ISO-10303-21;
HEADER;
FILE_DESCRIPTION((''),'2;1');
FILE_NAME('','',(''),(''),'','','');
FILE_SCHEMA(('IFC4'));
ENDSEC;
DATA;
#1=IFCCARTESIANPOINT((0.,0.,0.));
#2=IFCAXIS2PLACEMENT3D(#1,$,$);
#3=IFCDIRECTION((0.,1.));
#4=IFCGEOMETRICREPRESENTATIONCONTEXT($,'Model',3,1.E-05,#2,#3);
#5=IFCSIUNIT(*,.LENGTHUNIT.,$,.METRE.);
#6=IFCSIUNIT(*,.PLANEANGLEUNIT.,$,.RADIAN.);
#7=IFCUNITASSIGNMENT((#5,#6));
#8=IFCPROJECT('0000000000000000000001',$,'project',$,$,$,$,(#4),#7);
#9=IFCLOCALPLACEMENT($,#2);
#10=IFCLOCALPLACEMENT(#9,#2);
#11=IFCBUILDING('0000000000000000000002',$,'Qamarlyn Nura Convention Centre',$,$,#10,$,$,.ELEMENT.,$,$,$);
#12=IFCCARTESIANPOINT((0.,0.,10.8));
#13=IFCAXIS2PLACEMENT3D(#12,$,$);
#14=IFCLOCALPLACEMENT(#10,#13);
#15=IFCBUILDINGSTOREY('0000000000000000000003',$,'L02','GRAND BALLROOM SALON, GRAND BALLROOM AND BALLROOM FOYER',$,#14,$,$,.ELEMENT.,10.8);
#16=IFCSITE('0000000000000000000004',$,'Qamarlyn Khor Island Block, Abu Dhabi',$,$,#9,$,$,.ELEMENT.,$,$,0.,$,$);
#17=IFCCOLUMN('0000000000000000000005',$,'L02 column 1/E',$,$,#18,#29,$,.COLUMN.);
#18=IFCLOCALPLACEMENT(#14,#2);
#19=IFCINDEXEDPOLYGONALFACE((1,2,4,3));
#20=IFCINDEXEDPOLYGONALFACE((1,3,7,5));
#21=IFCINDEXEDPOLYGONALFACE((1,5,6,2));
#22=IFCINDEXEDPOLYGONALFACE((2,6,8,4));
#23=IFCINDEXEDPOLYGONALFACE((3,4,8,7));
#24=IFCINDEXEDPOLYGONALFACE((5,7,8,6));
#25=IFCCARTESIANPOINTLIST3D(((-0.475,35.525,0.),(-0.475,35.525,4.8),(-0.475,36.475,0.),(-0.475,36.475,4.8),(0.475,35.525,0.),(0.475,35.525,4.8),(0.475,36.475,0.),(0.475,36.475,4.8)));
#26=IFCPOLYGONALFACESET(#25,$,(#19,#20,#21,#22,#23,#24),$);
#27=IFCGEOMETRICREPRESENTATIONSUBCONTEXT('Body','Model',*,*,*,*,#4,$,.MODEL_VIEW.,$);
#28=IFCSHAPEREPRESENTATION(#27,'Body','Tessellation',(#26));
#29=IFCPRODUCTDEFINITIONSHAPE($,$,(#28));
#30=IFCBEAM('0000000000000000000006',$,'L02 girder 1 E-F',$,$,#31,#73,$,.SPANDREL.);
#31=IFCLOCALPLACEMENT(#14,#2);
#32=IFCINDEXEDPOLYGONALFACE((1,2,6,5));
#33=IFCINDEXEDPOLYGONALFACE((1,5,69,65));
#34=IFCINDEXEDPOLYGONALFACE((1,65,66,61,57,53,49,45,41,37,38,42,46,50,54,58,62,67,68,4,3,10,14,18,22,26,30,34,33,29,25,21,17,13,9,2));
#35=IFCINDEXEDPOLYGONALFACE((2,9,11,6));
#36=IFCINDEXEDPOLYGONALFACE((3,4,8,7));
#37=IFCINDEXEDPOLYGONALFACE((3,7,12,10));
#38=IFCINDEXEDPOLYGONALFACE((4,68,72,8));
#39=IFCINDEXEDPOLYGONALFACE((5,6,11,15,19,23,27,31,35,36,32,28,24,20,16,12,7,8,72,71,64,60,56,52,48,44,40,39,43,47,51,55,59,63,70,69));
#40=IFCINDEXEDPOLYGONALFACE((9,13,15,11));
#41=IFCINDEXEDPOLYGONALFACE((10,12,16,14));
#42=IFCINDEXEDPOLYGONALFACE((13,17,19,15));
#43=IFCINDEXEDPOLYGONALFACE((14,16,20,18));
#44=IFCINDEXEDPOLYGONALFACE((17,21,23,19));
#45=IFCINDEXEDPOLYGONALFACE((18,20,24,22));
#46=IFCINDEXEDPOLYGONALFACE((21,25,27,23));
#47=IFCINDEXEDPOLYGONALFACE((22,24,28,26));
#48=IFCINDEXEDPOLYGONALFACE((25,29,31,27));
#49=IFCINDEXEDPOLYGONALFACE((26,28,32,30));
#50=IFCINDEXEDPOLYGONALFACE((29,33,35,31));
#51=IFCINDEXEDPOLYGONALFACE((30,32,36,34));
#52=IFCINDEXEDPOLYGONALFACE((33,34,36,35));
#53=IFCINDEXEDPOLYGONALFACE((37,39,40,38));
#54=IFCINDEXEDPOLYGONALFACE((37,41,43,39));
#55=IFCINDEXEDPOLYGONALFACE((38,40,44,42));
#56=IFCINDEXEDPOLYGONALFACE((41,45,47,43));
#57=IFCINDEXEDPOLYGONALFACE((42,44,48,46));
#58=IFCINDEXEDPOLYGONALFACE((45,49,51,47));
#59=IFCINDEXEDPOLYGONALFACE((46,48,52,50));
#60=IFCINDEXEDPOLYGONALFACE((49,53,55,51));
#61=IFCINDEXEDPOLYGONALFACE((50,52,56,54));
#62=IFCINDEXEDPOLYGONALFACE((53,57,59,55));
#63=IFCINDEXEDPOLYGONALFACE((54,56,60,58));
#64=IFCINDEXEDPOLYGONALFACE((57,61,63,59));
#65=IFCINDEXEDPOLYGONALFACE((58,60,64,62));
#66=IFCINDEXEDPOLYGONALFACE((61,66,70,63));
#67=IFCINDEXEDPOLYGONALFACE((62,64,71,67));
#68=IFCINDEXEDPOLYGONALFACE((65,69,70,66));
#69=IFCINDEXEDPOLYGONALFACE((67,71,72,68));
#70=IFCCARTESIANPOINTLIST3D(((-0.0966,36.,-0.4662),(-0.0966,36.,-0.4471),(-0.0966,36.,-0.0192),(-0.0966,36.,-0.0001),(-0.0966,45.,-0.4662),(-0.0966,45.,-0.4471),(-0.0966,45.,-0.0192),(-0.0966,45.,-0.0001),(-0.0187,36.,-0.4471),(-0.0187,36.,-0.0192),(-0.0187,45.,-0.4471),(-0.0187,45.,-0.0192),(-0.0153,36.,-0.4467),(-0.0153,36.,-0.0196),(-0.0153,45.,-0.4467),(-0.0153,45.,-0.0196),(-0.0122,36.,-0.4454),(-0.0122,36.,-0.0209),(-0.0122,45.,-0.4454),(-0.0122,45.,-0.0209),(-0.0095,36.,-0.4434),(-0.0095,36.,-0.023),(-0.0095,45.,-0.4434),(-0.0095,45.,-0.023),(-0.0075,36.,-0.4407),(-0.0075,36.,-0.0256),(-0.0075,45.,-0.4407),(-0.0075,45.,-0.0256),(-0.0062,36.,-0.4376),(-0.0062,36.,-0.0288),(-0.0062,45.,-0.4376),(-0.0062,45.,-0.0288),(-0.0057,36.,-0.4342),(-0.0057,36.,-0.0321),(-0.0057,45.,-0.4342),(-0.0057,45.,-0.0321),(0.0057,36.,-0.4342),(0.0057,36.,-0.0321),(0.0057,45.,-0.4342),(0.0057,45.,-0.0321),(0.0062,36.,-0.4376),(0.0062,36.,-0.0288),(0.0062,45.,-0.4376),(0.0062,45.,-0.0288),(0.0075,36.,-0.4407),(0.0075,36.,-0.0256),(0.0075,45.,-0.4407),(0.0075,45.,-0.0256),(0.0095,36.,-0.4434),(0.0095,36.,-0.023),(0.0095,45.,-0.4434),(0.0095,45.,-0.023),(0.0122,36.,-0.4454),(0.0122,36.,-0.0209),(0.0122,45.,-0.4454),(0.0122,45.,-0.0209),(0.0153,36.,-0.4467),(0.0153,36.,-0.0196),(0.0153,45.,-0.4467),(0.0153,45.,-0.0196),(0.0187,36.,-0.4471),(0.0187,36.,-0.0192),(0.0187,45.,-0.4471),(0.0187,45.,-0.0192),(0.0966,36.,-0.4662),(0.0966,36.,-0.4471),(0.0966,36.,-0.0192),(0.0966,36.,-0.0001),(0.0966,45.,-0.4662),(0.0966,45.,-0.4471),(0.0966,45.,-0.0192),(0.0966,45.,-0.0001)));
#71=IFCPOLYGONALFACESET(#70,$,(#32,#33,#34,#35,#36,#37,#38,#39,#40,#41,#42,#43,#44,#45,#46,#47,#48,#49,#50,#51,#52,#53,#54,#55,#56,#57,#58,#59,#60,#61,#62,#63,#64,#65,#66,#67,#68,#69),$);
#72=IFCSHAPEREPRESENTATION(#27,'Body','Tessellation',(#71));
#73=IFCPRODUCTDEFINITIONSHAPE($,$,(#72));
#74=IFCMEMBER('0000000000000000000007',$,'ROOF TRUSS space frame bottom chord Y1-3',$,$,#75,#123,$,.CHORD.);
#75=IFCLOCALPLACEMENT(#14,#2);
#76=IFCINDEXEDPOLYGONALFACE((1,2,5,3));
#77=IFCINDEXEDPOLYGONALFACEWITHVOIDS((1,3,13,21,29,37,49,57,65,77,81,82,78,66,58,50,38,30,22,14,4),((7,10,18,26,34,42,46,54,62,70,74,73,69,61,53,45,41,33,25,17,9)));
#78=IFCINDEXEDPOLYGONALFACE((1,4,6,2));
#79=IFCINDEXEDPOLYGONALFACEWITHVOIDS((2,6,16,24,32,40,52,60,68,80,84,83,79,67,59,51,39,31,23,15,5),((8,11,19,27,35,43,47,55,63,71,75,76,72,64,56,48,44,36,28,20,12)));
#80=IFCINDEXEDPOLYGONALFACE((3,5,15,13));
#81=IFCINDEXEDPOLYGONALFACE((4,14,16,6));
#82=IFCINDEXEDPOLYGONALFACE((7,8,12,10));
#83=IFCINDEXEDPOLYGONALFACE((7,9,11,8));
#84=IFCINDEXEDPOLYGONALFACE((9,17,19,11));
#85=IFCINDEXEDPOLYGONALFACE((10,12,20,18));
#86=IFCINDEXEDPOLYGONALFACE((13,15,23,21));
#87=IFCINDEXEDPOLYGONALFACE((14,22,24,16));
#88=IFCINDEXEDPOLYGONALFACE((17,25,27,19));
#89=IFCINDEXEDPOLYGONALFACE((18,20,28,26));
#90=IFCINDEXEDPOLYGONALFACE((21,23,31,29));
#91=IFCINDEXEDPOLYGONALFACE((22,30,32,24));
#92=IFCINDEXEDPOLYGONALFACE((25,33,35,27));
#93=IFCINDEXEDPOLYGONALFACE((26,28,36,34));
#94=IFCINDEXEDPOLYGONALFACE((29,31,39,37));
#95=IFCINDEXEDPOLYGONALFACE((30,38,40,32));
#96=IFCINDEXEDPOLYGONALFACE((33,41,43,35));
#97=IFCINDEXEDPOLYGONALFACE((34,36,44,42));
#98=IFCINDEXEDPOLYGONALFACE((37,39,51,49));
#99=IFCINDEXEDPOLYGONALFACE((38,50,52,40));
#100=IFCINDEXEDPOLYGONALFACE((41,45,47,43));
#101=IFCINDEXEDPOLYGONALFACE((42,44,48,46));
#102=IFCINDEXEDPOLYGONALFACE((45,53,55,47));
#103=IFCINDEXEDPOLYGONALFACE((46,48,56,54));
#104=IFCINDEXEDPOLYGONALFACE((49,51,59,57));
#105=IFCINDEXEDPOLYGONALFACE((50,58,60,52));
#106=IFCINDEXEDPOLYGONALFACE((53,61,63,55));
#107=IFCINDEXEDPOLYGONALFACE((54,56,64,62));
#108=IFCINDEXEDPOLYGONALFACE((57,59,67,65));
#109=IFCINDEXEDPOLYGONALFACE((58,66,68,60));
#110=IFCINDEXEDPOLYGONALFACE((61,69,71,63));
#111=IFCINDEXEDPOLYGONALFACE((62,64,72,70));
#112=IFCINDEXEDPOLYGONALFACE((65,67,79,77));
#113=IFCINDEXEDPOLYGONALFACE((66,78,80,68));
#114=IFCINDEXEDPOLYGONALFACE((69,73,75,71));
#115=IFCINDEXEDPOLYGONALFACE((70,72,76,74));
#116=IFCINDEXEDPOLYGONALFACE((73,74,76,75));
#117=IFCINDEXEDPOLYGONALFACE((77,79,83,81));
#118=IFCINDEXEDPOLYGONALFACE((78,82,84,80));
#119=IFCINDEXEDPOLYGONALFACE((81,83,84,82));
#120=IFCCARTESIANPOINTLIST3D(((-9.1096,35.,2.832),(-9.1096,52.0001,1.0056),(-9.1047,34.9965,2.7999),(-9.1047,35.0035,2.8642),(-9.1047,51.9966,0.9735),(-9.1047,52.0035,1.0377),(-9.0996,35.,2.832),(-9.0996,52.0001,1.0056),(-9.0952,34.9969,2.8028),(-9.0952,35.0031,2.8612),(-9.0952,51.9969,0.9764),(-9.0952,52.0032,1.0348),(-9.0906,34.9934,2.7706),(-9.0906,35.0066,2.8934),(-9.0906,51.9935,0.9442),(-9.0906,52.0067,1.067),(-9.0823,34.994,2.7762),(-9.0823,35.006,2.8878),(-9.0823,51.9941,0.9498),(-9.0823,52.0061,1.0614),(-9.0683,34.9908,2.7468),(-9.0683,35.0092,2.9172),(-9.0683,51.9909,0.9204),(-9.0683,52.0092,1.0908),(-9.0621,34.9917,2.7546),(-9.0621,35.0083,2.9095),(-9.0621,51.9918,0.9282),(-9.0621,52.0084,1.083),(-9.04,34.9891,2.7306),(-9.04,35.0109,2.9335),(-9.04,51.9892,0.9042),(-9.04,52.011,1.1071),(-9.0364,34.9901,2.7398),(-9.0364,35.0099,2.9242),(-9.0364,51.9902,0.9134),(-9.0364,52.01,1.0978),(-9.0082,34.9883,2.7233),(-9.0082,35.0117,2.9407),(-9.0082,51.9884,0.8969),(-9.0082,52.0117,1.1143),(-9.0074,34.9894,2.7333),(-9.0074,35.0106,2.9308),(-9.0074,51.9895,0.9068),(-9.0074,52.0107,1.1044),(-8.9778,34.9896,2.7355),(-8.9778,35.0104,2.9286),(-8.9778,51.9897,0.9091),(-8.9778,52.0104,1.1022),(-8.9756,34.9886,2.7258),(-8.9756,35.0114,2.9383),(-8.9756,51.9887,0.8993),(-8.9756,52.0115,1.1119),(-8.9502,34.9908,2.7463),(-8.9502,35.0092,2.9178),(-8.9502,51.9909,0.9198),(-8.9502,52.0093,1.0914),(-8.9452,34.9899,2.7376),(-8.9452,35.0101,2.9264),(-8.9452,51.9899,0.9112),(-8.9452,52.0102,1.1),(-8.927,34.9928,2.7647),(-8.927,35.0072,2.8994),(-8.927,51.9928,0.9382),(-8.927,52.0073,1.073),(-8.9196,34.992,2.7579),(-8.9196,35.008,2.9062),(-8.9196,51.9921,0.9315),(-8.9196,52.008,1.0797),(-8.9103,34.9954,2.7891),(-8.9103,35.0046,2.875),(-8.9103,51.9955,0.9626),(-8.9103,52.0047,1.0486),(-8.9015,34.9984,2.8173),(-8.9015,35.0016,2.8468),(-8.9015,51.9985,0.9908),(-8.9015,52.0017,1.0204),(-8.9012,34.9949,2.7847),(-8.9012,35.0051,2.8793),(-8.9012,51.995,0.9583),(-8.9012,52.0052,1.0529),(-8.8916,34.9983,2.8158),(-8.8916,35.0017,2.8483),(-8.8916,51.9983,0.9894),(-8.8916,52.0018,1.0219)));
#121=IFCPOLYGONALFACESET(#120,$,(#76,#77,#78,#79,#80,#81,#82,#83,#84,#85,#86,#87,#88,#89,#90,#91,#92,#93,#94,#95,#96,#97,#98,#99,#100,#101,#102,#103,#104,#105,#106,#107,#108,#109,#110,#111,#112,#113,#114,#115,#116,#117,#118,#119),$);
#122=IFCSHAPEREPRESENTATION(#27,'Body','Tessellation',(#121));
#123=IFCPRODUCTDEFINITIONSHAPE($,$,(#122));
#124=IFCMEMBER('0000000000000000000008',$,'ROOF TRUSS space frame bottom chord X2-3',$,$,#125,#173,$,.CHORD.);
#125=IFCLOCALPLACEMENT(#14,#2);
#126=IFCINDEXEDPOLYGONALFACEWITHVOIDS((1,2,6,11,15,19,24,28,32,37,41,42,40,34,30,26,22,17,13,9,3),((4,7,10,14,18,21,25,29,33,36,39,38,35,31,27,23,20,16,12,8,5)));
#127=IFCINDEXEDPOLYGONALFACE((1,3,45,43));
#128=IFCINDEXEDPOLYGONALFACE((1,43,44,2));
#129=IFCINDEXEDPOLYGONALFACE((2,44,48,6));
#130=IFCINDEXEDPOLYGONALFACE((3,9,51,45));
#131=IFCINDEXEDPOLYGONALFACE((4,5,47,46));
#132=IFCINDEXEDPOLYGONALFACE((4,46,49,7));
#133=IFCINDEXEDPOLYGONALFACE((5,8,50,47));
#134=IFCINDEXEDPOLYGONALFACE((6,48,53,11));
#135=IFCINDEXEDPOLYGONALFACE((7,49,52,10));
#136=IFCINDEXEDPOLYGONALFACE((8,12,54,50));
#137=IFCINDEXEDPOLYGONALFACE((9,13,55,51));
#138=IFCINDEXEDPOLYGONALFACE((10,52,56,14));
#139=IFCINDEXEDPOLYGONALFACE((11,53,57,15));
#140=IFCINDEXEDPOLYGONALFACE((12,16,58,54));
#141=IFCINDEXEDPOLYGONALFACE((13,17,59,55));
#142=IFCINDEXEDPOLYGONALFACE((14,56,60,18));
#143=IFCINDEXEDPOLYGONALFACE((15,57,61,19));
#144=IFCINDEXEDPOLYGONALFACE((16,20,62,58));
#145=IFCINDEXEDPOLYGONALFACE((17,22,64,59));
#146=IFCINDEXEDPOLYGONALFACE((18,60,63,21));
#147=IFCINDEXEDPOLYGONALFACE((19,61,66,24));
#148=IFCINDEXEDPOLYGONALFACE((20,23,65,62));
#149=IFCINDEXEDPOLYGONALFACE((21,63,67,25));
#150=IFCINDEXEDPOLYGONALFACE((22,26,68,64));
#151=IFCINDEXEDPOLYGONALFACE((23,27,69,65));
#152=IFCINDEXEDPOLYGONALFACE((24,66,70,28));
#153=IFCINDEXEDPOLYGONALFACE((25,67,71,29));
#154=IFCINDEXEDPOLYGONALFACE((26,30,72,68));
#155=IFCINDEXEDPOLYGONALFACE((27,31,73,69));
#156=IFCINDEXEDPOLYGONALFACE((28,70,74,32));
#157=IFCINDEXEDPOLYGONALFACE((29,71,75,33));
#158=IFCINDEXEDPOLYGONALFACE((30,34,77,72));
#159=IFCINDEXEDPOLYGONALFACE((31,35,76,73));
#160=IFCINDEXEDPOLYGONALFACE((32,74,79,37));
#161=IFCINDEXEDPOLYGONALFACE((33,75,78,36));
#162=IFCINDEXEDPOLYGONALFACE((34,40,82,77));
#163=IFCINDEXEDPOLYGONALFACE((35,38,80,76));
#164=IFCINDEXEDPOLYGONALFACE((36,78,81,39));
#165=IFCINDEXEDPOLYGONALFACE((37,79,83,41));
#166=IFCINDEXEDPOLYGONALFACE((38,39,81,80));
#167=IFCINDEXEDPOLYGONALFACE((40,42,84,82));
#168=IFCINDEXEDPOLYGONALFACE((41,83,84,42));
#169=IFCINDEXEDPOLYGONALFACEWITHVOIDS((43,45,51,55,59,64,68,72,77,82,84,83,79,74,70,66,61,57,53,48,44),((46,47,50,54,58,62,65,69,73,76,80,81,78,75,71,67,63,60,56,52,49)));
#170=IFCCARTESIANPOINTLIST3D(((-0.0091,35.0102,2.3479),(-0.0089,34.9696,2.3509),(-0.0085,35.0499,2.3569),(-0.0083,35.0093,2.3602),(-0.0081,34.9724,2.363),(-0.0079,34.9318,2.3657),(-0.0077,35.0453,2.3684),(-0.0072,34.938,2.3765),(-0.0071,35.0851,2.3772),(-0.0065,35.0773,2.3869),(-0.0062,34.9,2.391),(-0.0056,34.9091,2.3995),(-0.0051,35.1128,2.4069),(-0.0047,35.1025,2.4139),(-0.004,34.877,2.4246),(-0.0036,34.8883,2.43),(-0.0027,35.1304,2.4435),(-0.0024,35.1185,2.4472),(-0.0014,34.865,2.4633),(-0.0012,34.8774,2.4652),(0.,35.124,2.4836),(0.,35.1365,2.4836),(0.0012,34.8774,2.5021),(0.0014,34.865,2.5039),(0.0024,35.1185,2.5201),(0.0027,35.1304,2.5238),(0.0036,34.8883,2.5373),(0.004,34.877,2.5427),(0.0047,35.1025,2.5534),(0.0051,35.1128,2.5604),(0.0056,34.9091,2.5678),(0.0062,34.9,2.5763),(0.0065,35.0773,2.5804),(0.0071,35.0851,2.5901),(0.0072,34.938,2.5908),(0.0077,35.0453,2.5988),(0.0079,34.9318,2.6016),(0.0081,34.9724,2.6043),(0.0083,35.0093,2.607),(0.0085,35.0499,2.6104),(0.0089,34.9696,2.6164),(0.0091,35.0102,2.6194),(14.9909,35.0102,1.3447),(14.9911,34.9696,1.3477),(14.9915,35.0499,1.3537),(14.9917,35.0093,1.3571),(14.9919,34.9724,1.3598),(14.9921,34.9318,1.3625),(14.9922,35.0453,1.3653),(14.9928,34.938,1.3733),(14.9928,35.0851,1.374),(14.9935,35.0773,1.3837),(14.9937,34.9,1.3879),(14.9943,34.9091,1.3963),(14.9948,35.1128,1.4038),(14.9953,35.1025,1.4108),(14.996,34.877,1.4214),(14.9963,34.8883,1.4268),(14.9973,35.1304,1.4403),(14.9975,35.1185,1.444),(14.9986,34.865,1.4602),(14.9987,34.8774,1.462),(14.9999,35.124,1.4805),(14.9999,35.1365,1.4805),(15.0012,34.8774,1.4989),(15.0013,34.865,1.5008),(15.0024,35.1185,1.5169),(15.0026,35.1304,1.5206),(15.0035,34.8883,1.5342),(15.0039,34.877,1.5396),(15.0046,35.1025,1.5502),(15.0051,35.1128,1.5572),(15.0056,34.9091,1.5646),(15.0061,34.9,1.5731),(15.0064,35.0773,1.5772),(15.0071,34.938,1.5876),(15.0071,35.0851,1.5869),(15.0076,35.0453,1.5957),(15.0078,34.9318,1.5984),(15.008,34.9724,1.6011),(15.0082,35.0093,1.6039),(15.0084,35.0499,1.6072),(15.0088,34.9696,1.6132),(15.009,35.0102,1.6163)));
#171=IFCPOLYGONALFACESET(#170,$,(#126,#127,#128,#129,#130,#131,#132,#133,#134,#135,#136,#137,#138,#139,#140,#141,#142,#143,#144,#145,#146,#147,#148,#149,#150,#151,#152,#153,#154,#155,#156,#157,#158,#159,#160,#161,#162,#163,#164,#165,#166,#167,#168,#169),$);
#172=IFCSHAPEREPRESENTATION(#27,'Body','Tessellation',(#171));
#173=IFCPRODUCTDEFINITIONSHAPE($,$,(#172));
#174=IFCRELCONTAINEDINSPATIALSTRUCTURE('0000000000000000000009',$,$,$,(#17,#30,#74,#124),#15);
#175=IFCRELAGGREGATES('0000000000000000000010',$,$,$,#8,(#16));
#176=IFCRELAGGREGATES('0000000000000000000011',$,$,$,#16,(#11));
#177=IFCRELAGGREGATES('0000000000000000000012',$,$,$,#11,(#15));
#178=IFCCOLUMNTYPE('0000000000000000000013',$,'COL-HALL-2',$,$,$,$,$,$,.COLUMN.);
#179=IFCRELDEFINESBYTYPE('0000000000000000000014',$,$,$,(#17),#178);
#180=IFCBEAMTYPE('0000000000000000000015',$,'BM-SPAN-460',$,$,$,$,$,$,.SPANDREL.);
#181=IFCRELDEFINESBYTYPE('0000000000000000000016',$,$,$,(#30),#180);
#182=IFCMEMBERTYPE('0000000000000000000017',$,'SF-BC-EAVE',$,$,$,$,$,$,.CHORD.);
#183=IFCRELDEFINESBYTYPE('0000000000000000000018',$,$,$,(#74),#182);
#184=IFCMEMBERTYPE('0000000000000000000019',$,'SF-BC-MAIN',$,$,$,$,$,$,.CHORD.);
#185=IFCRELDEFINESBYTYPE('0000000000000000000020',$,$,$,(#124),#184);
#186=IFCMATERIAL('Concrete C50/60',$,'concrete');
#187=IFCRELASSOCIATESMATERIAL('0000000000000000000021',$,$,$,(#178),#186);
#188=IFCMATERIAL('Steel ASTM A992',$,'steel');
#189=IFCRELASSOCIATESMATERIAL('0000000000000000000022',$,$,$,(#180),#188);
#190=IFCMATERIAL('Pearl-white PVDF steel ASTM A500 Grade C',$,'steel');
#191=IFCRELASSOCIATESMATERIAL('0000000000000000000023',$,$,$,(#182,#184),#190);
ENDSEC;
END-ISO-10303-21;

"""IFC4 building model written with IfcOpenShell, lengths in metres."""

from ifc_helpers import new_model, si_unit, direction, frame, origin, origin_2d, place, context, subcontext, project, spatial, rectangle, hollow_circle, i_section, extrude, material, material_profile, profile_set, type_object, element, save


model = new_model("IFC4")

# Units and contexts
model_context = context("Model", 3, precision=1e-05, world=origin(), true_north=direction((0.0, 1.0)))
body_context = subcontext(model_context, "Body", "Model", "MODEL_VIEW")
ifc_project = project(units=[si_unit("LENGTHUNIT", "METRE"), si_unit("PLANEANGLEUNIT", "RADIAN")], contexts=[model_context])

# Site, building, storey
site_placement = place(None, origin())
site = spatial("IfcSite", under=ifc_project, at=site_placement, Name="Qamarlyn Khor Island Block, Abu Dhabi", CompositionType="ELEMENT", RefElevation=0.0)
building_placement = place(site_placement, origin())
building = spatial("IfcBuilding", under=site, at=building_placement, Name="Qamarlyn Nura Convention Centre", CompositionType="ELEMENT")
storey_placement = place(building_placement, frame((0.0, 0.0, 10.8)))
storey = spatial("IfcBuildingStorey", under=building, at=storey_placement, Name="L02", Description="GRAND BALLROOM SALON, GRAND BALLROOM AND BALLROOM FOYER", CompositionType="ELEMENT", Elevation=10.8)

# Column
ifc_material_1 = material(Name="Concrete C50/60", Category="concrete")
ifc_material_profile_1 = material_profile(ifc_material_1, rectangle(XDim=0.95, YDim=0.95, at=origin_2d()), Name="RC 950x950")
ifc_profile_set_1 = profile_set([ifc_material_profile_1], Name="Concrete C50/60")
column_type = type_object("IfcColumnType", Name="COL-HALL-2", PredefinedType="COLUMN", material=ifc_profile_set_1)
column_placement = place(storey_placement, frame((0.0, 36.0, 0.0), z_axis=(0.0, 0.0, 1.0), x_axis=(1.0, 0.0, 0.0)))
element("IfcColumn", 1, at=column_placement, inside=storey, type_object=column_type, Name="L02 column 1/E", PredefinedType="COLUMN", context=body_context, shape_type="SweptSolid", body=[
    extrude(rectangle(XDim=0.95, YDim=0.95, at=origin_2d()), origin(), (0.0, 0.0, 1.0), 4.8),
])

# Beam
ifc_material_2 = material(Name="Steel ASTM A992", Category="steel")
ifc_material_profile_2 = material_profile(ifc_material_2, i_section(OverallWidth=0.1931, OverallDepth=0.4661, WebThickness=0.0115, FlangeThickness=0.019, FilletRadius=0.0129, at=origin_2d()), Name="W460X97")
ifc_profile_set_2 = profile_set([ifc_material_profile_2], Name="Steel ASTM A992")
beam_type = type_object("IfcBeamType", Name="BM-SPAN-460", PredefinedType="SPANDREL", material=ifc_profile_set_2)
beam_placement = place(storey_placement, frame((0.0, 36.0, -0.2332), z_axis=(0.0, 1.0, 0.0), x_axis=(-1.0, 0.0, 0.0)))
element("IfcBeam", 2, at=beam_placement, inside=storey, type_object=beam_type, Name="L02 girder 1 E-F", PredefinedType="SPANDREL", context=body_context, shape_type="SweptSolid", body=[
    extrude(i_section(OverallWidth=0.1931, OverallDepth=0.4661, WebThickness=0.0115, FlangeThickness=0.019, FilletRadius=0.0129, at=origin_2d()), origin(), (0.0, 0.0, 1.0), 9.0),
])

# Members
ifc_material_3 = material(Name="Pearl-white PVDF steel ASTM A500 Grade C", Category="steel")
ifc_material_profile_3 = material_profile(ifc_material_3, hollow_circle(Radius=0.1096, WallThickness=0.01, at=origin_2d()), Name="CHS219.1X10")
ifc_profile_set_3 = profile_set([ifc_material_profile_3], Name="Pearl-white PVDF steel ASTM A500 Grade C")
member_type_1 = type_object("IfcMemberType", Name="SF-BC-EAVE", PredefinedType="CHORD", material=ifc_profile_set_3)
member_1_placement = place(storey_placement, frame((-9.0, 35.0, 2.832), z_axis=(0.0, 0.994278, -0.106822), x_axis=(-1.0, 0.0, 0.0)))
element("IfcMember", 3, at=member_1_placement, inside=storey, type_object=member_type_1, Name="ROOF TRUSS space frame bottom chord Y1-3", PredefinedType="CHORD", context=body_context, shape_type="SweptSolid", body=[
    extrude(hollow_circle(Radius=0.1096, WallThickness=0.01, at=origin_2d()), origin(), (0.0, 0.0, 1.0), 17.0979),
])
ifc_material_profile_4 = material_profile(ifc_material_3, hollow_circle(Radius=0.1365, WallThickness=0.0125, at=origin_2d()), Name="CHS273X12.5")
ifc_profile_set_4 = profile_set([ifc_material_profile_4], Name="Pearl-white PVDF steel ASTM A500 Grade C")
member_type_2 = type_object("IfcMemberType", Name="SF-BC-MAIN", PredefinedType="CHORD", material=ifc_profile_set_4)
member_2_placement = place(storey_placement, frame((0.0, 35.0, 2.4836), z_axis=(0.997771, 0.0, -0.066729), x_axis=(0.0, 1.0, 0.0)))
element("IfcMember", 4, at=member_2_placement, inside=storey, type_object=member_type_2, Name="ROOF TRUSS space frame bottom chord X2-3", PredefinedType="CHORD", context=body_context, shape_type="SweptSolid", body=[
    extrude(hollow_circle(Radius=0.1365, WallThickness=0.0125, at=origin_2d()), origin(), (0.0, 0.0, 1.0), 15.0334),
])

save(model, "model.ifc")
